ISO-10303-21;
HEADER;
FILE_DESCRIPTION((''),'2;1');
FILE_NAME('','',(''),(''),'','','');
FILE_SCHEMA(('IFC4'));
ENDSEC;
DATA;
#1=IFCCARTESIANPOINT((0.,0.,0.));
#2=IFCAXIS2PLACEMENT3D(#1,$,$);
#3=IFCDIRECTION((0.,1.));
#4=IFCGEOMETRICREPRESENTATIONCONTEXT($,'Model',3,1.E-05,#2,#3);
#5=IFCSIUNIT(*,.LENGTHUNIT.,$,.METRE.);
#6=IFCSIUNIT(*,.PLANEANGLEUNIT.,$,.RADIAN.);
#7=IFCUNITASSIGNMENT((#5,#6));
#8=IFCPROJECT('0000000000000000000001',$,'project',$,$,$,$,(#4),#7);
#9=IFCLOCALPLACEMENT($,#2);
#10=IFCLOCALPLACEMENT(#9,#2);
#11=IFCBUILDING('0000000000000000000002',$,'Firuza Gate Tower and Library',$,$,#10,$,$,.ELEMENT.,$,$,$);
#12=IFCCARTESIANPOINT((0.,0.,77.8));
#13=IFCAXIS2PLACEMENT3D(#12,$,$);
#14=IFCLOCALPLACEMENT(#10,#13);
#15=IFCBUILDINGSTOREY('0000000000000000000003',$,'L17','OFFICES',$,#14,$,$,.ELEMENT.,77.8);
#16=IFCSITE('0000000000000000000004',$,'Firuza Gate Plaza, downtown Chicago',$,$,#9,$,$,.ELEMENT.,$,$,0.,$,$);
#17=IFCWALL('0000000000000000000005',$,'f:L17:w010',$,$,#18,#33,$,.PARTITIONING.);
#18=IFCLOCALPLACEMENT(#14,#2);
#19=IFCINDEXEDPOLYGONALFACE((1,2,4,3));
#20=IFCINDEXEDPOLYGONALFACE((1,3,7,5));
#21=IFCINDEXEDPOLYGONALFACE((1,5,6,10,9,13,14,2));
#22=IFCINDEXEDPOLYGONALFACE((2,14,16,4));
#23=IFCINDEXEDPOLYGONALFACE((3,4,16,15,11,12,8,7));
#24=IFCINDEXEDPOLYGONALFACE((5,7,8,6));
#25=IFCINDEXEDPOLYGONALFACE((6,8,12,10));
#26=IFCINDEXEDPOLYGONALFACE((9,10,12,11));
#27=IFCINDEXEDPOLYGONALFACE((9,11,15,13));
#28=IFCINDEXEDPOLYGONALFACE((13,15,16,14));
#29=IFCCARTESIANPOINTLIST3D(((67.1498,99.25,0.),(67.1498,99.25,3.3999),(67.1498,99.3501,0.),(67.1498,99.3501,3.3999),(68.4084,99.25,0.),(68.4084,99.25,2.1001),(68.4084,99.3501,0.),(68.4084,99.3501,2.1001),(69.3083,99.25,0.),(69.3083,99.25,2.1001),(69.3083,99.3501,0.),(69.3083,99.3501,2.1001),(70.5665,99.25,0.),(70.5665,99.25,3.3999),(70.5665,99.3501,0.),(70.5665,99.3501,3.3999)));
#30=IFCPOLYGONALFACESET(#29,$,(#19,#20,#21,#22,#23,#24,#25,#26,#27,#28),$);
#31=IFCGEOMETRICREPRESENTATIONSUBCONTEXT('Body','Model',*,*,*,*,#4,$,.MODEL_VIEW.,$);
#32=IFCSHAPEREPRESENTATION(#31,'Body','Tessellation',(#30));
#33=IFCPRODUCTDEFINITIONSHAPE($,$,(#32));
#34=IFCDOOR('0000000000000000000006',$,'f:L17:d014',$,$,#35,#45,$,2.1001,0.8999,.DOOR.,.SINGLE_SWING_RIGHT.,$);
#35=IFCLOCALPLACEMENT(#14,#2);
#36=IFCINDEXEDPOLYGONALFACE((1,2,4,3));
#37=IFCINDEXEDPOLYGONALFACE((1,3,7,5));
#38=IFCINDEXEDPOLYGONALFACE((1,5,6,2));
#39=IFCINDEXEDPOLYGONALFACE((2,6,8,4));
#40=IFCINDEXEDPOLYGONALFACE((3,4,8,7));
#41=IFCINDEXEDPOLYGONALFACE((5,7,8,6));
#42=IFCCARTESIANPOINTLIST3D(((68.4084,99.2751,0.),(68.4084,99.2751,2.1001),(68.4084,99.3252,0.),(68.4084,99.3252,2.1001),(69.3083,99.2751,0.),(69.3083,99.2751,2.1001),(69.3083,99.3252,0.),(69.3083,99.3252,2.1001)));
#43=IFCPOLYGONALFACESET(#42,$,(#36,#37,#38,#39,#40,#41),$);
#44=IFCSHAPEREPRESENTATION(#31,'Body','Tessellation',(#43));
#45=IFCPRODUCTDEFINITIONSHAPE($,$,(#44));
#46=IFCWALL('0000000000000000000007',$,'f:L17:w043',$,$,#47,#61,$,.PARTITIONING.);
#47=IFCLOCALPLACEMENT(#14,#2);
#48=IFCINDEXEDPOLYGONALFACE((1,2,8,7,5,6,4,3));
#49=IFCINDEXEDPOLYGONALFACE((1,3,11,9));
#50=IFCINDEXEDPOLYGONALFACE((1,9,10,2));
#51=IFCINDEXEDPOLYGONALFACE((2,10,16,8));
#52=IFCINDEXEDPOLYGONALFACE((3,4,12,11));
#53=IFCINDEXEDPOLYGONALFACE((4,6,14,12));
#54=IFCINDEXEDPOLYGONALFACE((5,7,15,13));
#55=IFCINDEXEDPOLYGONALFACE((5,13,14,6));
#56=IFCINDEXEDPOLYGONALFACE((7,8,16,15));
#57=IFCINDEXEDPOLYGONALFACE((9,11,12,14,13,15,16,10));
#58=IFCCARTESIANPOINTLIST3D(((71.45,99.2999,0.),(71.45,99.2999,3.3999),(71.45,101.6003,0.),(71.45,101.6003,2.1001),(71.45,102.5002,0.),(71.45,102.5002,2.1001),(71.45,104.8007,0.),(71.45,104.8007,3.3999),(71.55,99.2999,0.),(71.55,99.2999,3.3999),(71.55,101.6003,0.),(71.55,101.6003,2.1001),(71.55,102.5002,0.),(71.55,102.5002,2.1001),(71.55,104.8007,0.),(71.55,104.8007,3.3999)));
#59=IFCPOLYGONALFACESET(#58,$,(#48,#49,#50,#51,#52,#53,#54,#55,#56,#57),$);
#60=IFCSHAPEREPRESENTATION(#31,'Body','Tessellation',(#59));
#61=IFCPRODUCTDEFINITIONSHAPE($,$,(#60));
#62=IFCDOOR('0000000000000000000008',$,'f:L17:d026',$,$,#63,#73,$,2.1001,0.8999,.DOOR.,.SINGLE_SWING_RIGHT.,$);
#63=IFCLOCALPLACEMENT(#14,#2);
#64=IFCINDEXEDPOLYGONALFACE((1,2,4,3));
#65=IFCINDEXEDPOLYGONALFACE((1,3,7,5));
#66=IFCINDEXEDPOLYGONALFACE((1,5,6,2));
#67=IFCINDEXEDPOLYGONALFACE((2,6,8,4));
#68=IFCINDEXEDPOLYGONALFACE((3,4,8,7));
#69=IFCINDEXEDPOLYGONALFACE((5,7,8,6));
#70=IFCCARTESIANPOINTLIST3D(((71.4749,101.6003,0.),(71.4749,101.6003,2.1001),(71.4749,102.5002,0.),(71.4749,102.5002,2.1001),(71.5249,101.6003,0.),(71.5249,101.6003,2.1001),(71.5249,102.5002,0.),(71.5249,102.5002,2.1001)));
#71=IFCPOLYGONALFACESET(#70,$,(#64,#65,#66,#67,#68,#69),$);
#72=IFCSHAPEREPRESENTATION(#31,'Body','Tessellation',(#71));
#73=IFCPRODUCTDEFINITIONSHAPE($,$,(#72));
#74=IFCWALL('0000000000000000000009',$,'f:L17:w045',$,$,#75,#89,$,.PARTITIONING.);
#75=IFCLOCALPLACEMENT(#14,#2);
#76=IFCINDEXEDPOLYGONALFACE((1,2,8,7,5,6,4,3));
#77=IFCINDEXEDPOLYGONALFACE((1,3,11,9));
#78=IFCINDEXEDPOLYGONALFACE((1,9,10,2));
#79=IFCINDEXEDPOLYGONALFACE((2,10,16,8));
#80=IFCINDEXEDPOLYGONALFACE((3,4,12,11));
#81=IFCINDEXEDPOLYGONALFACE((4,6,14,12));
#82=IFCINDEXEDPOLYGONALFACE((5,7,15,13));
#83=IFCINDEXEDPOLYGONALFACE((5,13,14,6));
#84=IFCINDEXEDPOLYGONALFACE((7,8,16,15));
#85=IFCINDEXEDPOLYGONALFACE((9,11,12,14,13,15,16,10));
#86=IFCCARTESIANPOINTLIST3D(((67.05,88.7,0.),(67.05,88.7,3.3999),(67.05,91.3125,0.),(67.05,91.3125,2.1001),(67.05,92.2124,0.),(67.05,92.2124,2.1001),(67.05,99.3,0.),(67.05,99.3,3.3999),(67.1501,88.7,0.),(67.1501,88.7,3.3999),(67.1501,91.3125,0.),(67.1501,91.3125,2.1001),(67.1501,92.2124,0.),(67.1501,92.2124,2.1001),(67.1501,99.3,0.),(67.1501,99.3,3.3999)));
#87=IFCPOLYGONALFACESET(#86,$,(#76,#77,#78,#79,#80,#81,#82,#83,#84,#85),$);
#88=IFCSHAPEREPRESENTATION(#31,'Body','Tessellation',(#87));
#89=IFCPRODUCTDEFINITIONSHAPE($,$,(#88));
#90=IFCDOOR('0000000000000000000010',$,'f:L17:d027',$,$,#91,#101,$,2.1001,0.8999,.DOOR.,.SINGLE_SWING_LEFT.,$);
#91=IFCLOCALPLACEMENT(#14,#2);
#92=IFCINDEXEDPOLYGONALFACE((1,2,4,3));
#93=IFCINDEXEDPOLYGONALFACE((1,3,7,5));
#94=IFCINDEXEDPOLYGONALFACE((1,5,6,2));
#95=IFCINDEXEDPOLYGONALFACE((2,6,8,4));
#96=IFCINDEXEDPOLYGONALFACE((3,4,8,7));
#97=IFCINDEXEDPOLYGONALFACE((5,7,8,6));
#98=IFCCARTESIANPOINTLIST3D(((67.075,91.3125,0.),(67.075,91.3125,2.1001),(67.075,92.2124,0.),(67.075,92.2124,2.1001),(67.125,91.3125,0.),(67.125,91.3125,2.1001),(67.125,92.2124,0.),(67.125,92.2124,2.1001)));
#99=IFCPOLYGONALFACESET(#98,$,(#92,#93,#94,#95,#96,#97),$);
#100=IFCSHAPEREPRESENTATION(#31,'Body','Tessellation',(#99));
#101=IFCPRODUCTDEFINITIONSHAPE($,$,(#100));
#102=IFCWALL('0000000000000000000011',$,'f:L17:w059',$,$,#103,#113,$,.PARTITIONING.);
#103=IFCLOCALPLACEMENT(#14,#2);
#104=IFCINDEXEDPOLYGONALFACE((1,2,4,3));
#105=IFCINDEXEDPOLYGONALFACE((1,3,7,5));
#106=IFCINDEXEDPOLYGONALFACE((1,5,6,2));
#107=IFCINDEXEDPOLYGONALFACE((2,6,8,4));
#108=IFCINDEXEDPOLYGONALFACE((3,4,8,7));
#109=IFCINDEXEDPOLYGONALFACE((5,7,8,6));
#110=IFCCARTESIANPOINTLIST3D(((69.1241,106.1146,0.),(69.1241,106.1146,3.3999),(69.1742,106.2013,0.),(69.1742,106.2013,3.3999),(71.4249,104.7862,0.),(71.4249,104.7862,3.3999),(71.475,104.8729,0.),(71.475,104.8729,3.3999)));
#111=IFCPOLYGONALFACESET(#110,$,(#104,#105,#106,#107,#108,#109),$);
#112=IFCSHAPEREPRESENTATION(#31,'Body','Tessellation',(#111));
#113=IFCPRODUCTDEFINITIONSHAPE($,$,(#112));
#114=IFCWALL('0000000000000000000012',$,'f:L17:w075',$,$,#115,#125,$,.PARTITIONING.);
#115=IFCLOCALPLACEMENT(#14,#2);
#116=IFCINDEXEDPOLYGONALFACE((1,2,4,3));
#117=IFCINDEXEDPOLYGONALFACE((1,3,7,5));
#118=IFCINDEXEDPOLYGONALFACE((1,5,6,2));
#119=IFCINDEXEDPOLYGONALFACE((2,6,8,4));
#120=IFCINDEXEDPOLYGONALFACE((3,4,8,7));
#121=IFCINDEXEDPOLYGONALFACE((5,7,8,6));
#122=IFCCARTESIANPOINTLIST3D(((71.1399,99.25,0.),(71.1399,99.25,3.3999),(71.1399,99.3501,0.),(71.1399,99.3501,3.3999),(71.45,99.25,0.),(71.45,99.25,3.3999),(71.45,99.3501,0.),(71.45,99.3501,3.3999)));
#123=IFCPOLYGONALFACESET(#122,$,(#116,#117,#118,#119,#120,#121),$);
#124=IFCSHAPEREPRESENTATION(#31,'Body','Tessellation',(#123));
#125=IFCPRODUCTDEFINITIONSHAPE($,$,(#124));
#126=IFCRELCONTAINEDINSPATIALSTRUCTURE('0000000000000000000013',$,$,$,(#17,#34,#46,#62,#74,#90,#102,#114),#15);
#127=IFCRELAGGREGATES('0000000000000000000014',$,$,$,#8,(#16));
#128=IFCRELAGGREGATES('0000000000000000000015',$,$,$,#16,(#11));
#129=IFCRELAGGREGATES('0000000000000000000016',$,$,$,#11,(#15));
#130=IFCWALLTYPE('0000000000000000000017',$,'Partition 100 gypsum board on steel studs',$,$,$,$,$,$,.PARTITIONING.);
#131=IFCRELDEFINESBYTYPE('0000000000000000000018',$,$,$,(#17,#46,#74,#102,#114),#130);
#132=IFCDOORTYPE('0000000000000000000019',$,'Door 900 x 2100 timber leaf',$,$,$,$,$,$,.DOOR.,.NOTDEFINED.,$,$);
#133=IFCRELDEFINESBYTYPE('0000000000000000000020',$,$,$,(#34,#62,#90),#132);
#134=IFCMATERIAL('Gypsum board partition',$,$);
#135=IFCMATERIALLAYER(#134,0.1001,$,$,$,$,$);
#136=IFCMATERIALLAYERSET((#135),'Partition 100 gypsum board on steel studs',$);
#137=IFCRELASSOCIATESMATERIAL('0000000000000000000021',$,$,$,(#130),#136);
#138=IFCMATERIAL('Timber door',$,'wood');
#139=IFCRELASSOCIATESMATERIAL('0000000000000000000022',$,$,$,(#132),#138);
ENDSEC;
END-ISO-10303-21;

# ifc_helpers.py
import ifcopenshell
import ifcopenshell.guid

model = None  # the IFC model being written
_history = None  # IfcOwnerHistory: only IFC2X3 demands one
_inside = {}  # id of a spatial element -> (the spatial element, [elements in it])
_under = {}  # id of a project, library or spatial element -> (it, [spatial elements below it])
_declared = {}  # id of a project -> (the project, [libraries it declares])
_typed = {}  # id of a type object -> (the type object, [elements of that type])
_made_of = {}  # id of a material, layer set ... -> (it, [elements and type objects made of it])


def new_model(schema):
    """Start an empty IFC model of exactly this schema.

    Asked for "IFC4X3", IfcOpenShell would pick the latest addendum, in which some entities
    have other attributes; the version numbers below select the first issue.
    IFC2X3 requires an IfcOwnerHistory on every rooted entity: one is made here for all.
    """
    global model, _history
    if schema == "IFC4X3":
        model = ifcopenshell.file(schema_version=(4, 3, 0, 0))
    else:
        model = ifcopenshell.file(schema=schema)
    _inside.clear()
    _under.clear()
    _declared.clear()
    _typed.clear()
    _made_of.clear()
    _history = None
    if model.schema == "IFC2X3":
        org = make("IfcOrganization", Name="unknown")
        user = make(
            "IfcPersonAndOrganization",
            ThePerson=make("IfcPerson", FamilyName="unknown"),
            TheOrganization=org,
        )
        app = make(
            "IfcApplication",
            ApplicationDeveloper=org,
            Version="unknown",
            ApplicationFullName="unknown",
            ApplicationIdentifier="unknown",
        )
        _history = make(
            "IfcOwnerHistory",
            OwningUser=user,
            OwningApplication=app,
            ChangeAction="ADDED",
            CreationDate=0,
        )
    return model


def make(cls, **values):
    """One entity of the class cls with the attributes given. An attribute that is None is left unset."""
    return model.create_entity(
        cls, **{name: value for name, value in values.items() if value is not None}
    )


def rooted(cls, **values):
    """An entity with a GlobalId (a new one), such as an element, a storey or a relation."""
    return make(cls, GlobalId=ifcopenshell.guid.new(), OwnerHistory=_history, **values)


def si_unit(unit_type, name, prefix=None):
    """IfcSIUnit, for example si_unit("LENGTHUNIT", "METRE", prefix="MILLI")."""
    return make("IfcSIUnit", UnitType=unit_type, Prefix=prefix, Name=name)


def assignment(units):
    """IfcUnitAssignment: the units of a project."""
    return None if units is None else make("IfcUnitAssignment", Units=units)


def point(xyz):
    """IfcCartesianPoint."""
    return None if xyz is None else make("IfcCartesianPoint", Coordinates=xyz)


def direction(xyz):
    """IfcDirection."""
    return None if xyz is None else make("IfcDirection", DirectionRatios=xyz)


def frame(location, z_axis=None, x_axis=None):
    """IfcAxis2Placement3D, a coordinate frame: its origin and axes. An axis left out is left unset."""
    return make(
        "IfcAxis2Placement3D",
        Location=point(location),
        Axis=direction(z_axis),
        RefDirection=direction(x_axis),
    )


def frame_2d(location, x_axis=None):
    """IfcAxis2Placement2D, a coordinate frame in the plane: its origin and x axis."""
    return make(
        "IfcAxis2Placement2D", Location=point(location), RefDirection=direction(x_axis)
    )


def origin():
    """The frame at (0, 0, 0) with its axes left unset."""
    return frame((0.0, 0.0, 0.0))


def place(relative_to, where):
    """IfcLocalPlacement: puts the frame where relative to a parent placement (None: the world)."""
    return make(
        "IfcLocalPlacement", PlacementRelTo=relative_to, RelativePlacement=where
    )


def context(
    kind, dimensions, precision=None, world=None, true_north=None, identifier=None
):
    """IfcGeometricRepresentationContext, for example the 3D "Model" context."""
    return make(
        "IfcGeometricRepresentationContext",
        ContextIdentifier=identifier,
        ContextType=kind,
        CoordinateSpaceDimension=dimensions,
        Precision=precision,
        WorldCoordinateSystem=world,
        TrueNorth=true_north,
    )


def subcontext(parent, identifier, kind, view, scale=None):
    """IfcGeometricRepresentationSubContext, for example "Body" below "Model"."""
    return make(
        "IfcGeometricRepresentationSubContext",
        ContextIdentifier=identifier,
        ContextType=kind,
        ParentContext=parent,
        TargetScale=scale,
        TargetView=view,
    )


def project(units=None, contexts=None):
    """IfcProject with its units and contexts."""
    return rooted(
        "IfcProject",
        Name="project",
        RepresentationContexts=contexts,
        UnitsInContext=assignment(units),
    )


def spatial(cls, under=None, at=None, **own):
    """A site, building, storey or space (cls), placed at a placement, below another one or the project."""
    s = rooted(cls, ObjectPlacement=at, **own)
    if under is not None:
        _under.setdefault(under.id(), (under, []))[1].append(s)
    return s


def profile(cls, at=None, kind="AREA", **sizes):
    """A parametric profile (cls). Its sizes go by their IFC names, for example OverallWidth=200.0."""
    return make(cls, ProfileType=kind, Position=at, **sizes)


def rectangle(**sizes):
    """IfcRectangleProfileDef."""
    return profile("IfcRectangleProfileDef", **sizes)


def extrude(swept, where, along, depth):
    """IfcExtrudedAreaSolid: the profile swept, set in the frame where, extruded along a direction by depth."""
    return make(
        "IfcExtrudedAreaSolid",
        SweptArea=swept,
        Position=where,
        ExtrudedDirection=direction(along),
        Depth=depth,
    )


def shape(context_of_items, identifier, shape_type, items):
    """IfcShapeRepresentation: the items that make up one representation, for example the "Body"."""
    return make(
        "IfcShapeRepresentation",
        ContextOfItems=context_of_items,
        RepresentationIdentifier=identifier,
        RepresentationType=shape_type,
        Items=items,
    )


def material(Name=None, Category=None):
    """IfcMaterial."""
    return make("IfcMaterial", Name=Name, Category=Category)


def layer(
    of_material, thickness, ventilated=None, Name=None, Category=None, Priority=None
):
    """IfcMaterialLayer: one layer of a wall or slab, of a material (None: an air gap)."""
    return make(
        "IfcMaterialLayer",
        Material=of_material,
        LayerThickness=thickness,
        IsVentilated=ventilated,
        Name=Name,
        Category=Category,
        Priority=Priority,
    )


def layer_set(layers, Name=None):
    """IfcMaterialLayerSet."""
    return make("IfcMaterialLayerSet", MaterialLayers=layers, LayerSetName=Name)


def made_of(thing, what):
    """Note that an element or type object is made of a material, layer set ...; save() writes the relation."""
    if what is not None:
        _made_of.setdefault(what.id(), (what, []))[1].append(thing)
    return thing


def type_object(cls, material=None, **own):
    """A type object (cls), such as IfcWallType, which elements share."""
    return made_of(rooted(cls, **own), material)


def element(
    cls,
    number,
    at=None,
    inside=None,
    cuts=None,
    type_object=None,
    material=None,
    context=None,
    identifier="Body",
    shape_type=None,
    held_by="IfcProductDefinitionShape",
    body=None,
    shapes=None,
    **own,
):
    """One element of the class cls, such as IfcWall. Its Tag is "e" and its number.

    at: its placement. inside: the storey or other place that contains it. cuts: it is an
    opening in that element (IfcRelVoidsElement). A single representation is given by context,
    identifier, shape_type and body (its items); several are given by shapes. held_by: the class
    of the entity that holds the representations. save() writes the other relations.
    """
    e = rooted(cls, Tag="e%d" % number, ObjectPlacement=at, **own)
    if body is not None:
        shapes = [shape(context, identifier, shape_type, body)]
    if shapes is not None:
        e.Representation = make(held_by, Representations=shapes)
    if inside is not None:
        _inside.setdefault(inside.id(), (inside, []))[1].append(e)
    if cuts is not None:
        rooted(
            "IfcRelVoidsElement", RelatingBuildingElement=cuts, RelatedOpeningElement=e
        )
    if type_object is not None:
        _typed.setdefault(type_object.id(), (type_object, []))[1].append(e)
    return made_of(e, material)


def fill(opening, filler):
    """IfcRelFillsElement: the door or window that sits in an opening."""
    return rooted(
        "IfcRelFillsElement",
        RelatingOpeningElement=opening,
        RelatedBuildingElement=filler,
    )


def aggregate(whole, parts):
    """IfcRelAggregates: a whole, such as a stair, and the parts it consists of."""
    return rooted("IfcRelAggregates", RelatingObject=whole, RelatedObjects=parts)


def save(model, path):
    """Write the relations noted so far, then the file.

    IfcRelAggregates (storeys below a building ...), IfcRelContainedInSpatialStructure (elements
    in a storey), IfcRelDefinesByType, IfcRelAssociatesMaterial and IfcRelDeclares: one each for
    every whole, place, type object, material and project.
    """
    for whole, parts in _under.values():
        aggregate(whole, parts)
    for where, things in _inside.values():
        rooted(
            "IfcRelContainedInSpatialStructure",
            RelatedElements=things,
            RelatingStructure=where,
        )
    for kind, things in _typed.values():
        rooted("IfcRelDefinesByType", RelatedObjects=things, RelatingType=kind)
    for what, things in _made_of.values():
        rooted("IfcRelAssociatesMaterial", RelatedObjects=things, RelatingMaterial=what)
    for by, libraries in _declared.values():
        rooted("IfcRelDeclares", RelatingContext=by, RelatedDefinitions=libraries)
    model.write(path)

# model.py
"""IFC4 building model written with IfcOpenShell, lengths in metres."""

from ifc_helpers import new_model, si_unit, direction, frame, frame_2d, origin, place, context, subcontext, project, spatial, rectangle, extrude, material, layer, layer_set, type_object, element, fill, save


model = new_model("IFC4")

# Units and contexts
model_context = context("Model", 3, precision=1e-05, world=origin(), true_north=direction((0.0, 1.0)))
body_context = subcontext(model_context, "Body", "Model", "MODEL_VIEW")
ifc_project = project(units=[si_unit("LENGTHUNIT", "METRE"), si_unit("PLANEANGLEUNIT", "RADIAN")], contexts=[model_context])

# Site, building, storey
site_placement = place(None, origin())
site = spatial("IfcSite", under=ifc_project, at=site_placement, Name="Firuza Gate Plaza, downtown Chicago", CompositionType="ELEMENT", RefElevation=0.0)
building_placement = place(site_placement, origin())
building = spatial("IfcBuilding", under=site, at=building_placement, Name="Firuza Gate Tower and Library", CompositionType="ELEMENT")
storey_placement = place(building_placement, frame((0.0, 0.0, 77.8)))
storey = spatial("IfcBuildingStorey", under=building, at=storey_placement, Name="L17", Description="OFFICES", CompositionType="ELEMENT", Elevation=77.8)

# Walls, openings, doors
ifc_material_1 = material(Name="Gypsum board partition")
ifc_layer_1 = layer(ifc_material_1, 0.1001)
ifc_layer_set_1 = layer_set([ifc_layer_1], Name="Partition 100 gypsum board on steel studs")
wall_type_1 = type_object("IfcWallType", Name="Partition 100 gypsum board on steel studs", PredefinedType="PARTITIONING", material=ifc_layer_set_1)
wall_1_placement = place(storey_placement, frame((70.5667, 99.3, 0.0), z_axis=(0.0, 0.0, 1.0), x_axis=(-1.0, 0.0, 0.0)))
wall_1 = element("IfcWall", 1, at=wall_1_placement, inside=storey, type_object=wall_type_1, Name="f:L17:w010", PredefinedType="PARTITIONING", context=body_context, shape_type="SweptSolid", body=[
    extrude(rectangle(XDim=3.4167, YDim=0.1001, at=frame_2d((1.7085, 0.0))), origin(), (0.0, 0.0, 1.0), 3.3999),
])
opening_1_placement = place(wall_1_placement, frame((1.2583, 0.0, 0.0)))
opening_1 = element("IfcOpeningElement", 2, at=opening_1_placement, cuts=wall_1, PredefinedType="OPENING", context=body_context, shape_type="SweptSolid", body=[
    extrude(rectangle(XDim=0.8999, YDim=2.1001, at=frame_2d((0.45, 1.05))), frame((0.0, 0.0601, 0.0), z_axis=(0.0, -1.0, 0.0), x_axis=(1.0, 0.0, 0.0)), (0.0, 0.0, 1.0), 0.1201),
])
ifc_material_2 = material(Name="Timber door", Category="wood")
door_type = type_object("IfcDoorType", Name="Door 900 x 2100 timber leaf", OperationType="NOTDEFINED", PredefinedType="DOOR", material=ifc_material_2)
door_1_placement = place(opening_1_placement, origin())
door_1 = element("IfcDoor", 3, at=door_1_placement, inside=storey, type_object=door_type, Name="f:L17:d014", OperationType="SINGLE_SWING_RIGHT", OverallHeight=2.1001, OverallWidth=0.8999, PredefinedType="DOOR", context=body_context, shape_type="SweptSolid", body=[
    extrude(rectangle(XDim=0.8999, YDim=2.1001, at=frame_2d((0.45, 1.05))), frame((0.0, 0.0249, 0.0), z_axis=(0.0, -1.0, 0.0), x_axis=(1.0, 0.0, 0.0)), (0.0, 0.0, 1.0), 0.05),
])
fill(opening_1, door_1)
wall_2_placement = place(storey_placement, frame((71.5, 104.8008, 0.0), z_axis=(0.0, 0.0, 1.0), x_axis=(0.0, -1.0, 0.0)))
wall_2 = element("IfcWall", 4, at=wall_2_placement, inside=storey, type_object=wall_type_1, Name="f:L17:w043", PredefinedType="PARTITIONING", context=body_context, shape_type="SweptSolid", body=[
    extrude(rectangle(XDim=5.5007, YDim=0.1001, at=frame_2d((2.7505, 0.0))), origin(), (0.0, 0.0, 1.0), 3.3999),
])
opening_2_placement = place(wall_2_placement, frame((2.3005, 0.0, 0.0)))
opening_2 = element("IfcOpeningElement", 5, at=opening_2_placement, cuts=wall_2, PredefinedType="OPENING", context=body_context, shape_type="SweptSolid", body=[
    extrude(rectangle(XDim=0.8999, YDim=2.1001, at=frame_2d((0.45, 1.05))), frame((0.0, 0.0601, 0.0), z_axis=(0.0, -1.0, 0.0), x_axis=(1.0, 0.0, 0.0)), (0.0, 0.0, 1.0), 0.1201),
])
door_2_placement = place(opening_2_placement, origin())
door_2 = element("IfcDoor", 6, at=door_2_placement, inside=storey, type_object=door_type, Name="f:L17:d026", OperationType="SINGLE_SWING_RIGHT", OverallHeight=2.1001, OverallWidth=0.8999, PredefinedType="DOOR", context=body_context, shape_type="SweptSolid", body=[
    extrude(rectangle(XDim=0.8999, YDim=2.1001, at=frame_2d((0.45, 1.05))), frame((0.0, 0.0249, 0.0), z_axis=(0.0, -1.0, 0.0), x_axis=(1.0, 0.0, 0.0)), (0.0, 0.0, 1.0), 0.05),
])
fill(opening_2, door_2)
wall_3_placement = place(storey_placement, frame((67.1001, 99.3, 0.0), z_axis=(0.0, 0.0, 1.0), x_axis=(0.0, -1.0, 0.0)))
wall_3 = element("IfcWall", 7, at=wall_3_placement, inside=storey, type_object=wall_type_1, Name="f:L17:w045", PredefinedType="PARTITIONING", context=body_context, shape_type="SweptSolid", body=[
    extrude(rectangle(XDim=10.6001, YDim=0.1001, at=frame_2d((5.3, 0.0))), origin(), (0.0, 0.0, 1.0), 3.3999),
])
opening_3_placement = place(wall_3_placement, frame((7.0876, 0.0, 0.0)))
opening_3 = element("IfcOpeningElement", 8, at=opening_3_placement, cuts=wall_3, PredefinedType="OPENING", context=body_context, shape_type="SweptSolid", body=[
    extrude(rectangle(XDim=0.8999, YDim=2.1001, at=frame_2d((0.45, 1.05))), frame((0.0, 0.0601, 0.0), z_axis=(0.0, -1.0, 0.0), x_axis=(1.0, 0.0, 0.0)), (0.0, 0.0, 1.0), 0.1201),
])
door_3_placement = place(opening_3_placement, origin())
door_3 = element("IfcDoor", 9, at=door_3_placement, inside=storey, type_object=door_type, Name="f:L17:d027", OperationType="SINGLE_SWING_LEFT", OverallHeight=2.1001, OverallWidth=0.8999, PredefinedType="DOOR", context=body_context, shape_type="SweptSolid", body=[
    extrude(rectangle(XDim=0.8999, YDim=2.1001, at=frame_2d((0.45, 1.05))), frame((0.0, 0.0249, 0.0), z_axis=(0.0, -1.0, 0.0), x_axis=(1.0, 0.0, 0.0)), (0.0, 0.0, 1.0), 0.05),
])
fill(opening_3, door_3)

# Walls
wall_4_placement = place(storey_placement, frame((71.45, 104.8296, 0.0), z_axis=(0.0, 0.0, 1.0), x_axis=(-0.866023, 0.500004, 0.0)))
element("IfcWall", 10, at=wall_4_placement, inside=storey, type_object=wall_type_1, Name="f:L17:w059", PredefinedType="PARTITIONING", context=body_context, shape_type="SweptSolid", body=[
    extrude(rectangle(XDim=2.6567, YDim=0.1001, at=frame_2d((1.3284, 0.0))), origin(), (0.0, 0.0, 1.0), 3.3999),
])
wall_5_placement = place(storey_placement, frame((71.1399, 99.3, 0.0), z_axis=(0.0, 0.0, 1.0), x_axis=(1.0, 0.0, 0.0)))
element("IfcWall", 11, at=wall_5_placement, inside=storey, type_object=wall_type_1, Name="f:L17:w075", PredefinedType="PARTITIONING", context=body_context, shape_type="SweptSolid", body=[
    extrude(rectangle(XDim=0.3101, YDim=0.1001, at=frame_2d((0.155, 0.0))), origin(), (0.0, 0.0, 1.0), 3.3999),
])

save(model, "model.ifc")
